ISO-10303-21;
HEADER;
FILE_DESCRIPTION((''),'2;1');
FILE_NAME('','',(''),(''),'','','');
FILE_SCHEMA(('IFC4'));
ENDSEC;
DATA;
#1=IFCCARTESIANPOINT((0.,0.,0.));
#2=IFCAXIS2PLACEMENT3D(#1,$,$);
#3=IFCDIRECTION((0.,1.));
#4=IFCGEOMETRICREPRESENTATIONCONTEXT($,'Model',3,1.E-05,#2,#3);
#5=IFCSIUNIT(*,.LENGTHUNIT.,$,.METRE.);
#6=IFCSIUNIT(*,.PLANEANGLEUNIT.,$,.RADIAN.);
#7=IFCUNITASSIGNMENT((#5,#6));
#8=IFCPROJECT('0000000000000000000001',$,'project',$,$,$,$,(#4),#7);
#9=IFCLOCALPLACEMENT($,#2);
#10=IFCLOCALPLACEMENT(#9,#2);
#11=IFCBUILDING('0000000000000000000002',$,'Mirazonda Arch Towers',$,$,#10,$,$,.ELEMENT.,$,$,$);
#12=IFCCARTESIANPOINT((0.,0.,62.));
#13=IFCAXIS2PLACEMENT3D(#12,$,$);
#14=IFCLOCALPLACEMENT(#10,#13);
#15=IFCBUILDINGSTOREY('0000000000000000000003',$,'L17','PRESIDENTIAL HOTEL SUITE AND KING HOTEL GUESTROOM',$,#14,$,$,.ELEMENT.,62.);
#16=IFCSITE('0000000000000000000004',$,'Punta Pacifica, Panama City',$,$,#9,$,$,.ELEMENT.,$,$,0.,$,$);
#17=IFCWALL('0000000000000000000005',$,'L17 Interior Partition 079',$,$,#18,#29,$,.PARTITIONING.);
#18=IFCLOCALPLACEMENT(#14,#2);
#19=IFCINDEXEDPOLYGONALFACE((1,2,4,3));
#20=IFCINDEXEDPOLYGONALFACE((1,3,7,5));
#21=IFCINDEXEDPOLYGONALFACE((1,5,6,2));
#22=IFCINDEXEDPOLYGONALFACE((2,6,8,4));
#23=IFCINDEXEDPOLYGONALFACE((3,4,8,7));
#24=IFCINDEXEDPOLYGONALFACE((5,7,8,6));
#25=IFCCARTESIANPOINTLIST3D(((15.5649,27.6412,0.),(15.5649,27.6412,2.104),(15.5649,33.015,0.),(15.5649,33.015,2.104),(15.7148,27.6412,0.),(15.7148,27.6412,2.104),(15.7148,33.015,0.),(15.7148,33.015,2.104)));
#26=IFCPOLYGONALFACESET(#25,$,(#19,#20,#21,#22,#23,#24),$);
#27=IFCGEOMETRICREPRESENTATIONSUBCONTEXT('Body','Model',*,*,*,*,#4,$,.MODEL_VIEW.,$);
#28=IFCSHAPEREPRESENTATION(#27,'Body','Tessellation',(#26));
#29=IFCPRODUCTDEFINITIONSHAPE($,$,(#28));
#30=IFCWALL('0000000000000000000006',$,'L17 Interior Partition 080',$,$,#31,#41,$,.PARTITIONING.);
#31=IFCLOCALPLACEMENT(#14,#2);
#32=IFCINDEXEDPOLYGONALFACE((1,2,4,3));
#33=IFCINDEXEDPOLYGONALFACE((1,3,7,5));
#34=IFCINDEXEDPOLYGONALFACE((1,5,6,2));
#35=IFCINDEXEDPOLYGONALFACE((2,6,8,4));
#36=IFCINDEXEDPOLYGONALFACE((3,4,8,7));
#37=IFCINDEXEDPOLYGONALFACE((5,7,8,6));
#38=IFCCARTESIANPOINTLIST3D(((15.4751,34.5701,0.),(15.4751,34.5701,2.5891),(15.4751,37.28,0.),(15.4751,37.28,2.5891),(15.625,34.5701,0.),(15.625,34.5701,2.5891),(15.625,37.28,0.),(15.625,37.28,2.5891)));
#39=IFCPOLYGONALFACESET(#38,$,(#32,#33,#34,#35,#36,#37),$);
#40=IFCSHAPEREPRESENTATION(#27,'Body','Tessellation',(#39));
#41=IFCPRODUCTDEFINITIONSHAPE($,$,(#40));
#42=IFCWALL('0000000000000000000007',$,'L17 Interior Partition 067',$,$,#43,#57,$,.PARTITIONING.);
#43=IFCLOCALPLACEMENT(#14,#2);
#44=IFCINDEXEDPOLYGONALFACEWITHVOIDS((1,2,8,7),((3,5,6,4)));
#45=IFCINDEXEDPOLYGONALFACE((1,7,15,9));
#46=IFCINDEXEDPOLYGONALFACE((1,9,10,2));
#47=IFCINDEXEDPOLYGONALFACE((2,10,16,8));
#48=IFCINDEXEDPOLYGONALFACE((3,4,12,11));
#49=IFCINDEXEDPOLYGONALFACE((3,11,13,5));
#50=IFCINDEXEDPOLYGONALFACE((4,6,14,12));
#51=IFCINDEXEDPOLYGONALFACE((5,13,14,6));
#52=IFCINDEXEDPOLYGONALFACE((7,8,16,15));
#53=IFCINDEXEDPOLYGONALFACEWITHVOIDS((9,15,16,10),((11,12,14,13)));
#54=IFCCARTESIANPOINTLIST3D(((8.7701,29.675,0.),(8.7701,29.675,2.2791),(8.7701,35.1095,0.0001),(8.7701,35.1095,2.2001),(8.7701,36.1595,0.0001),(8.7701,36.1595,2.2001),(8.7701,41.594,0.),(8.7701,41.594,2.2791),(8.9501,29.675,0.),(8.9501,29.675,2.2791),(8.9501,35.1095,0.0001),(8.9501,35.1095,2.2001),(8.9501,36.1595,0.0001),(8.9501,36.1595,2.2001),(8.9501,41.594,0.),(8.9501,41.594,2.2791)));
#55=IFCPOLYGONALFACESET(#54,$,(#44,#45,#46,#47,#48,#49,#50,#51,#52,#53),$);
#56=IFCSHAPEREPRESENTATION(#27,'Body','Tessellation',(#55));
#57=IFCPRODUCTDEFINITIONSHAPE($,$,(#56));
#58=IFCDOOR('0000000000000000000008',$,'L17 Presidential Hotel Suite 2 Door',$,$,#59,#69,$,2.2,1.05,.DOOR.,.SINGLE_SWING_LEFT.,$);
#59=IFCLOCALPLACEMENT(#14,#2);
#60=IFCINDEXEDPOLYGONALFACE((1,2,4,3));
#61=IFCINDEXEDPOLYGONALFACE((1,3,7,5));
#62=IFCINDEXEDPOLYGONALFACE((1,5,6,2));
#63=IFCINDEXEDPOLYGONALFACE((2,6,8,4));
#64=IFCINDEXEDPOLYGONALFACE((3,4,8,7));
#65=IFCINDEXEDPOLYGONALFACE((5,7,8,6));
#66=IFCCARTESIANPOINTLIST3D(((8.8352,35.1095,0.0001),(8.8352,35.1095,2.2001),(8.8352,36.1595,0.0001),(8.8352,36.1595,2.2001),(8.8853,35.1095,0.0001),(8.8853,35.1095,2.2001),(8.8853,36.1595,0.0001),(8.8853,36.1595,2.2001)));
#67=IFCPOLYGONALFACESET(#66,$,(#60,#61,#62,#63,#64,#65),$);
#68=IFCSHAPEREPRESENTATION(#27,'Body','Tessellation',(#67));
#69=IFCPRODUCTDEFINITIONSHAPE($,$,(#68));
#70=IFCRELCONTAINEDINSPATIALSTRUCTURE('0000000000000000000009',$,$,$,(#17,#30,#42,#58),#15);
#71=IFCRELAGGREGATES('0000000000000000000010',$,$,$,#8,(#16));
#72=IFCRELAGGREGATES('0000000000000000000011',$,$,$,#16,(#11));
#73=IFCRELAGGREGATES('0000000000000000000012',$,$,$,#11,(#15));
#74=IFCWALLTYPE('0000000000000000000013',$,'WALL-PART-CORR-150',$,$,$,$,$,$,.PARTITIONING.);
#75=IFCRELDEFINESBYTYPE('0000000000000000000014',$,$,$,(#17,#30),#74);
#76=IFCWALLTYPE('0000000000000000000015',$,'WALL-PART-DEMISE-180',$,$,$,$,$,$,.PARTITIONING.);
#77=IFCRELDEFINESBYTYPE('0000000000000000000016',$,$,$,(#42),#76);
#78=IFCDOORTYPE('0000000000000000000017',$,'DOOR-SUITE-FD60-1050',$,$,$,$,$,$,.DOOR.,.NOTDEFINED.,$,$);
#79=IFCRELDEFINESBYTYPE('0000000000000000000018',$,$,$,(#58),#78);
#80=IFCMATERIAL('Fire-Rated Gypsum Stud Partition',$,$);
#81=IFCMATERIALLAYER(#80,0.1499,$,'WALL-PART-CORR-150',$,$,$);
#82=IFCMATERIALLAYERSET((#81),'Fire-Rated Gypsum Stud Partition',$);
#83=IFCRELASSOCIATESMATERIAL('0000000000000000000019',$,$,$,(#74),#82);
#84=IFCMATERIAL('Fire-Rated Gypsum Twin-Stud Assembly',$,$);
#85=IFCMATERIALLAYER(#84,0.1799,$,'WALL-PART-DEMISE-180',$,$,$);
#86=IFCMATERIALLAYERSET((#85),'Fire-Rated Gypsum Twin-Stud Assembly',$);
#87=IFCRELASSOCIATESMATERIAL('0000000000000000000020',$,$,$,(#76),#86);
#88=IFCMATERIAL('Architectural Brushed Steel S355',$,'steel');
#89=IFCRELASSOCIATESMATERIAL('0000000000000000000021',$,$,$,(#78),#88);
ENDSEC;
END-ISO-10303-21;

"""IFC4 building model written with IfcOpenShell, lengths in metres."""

from ifc_helpers import new_model, si_unit, direction, frame, frame_2d, origin, place, context, subcontext, project, spatial, rectangle, extrude, material, layer, layer_set, type_object, element, fill, save


model = new_model("IFC4")

# Units and contexts
model_context = context("Model", 3, precision=1e-05, world=origin(), true_north=direction((0.0, 1.0)))
body_context = subcontext(model_context, "Body", "Model", "MODEL_VIEW")
ifc_project = project(units=[si_unit("LENGTHUNIT", "METRE"), si_unit("PLANEANGLEUNIT", "RADIAN")], contexts=[model_context])

# Site, building, storey
site_placement = place(None, origin())
site = spatial("IfcSite", under=ifc_project, at=site_placement, Name="Punta Pacifica, Panama City", CompositionType="ELEMENT", RefElevation=0.0)
building_placement = place(site_placement, origin())
building = spatial("IfcBuilding", under=site, at=building_placement, Name="Mirazonda Arch Towers", CompositionType="ELEMENT")
storey_placement = place(building_placement, frame((0.0, 0.0, 62.0)))
storey = spatial("IfcBuildingStorey", under=building, at=storey_placement, Name="L17", Description="PRESIDENTIAL HOTEL SUITE AND KING HOTEL GUESTROOM", CompositionType="ELEMENT", Elevation=62.0)

# Shared definitions
ifc_material_1 = material(Name="Architectural Brushed Steel S355", Category="steel")

# Shared definitions
ifc_material_2 = material(Name="Fire-Rated Gypsum Stud Partition")
ifc_layer_1 = layer(ifc_material_2, 0.1499, Name="WALL-PART-CORR-150")
ifc_layer_set_1 = layer_set([ifc_layer_1], Name="Fire-Rated Gypsum Stud Partition")
wall_type_1 = type_object("IfcWallType", Name="WALL-PART-CORR-150", PredefinedType="PARTITIONING", material=ifc_layer_set_1)

# Walls
wall_1_placement = place(storey_placement, frame((15.6399, 27.6411, 0.0), z_axis=(0.0, 0.0, 1.0), x_axis=(0.0, 1.0, 0.0)))
element("IfcWall", 1, at=wall_1_placement, inside=storey, type_object=wall_type_1, Name="L17 Interior Partition 079", PredefinedType="PARTITIONING", context=body_context, shape_type="SweptSolid", body=[
    extrude(rectangle(XDim=5.3738, YDim=0.1499, at=frame_2d((2.687, 0.0))), origin(), (0.0, 0.0, 1.0), 2.104),
])
wall_2_placement = place(storey_placement, frame((15.55, 34.5701, 0.0), z_axis=(0.0, 0.0, 1.0), x_axis=(0.0, 1.0, 0.0)))
element("IfcWall", 2, at=wall_2_placement, inside=storey, type_object=wall_type_1, Name="L17 Interior Partition 080", PredefinedType="PARTITIONING", context=body_context, shape_type="SweptSolid", body=[
    extrude(rectangle(XDim=2.71, YDim=0.1499, at=frame_2d((1.355, 0.0))), origin(), (0.0, 0.0, 1.0), 2.5891),
])

# Wall, opening, door
ifc_material_3 = material(Name="Fire-Rated Gypsum Twin-Stud Assembly")
ifc_layer_2 = layer(ifc_material_3, 0.1799, Name="WALL-PART-DEMISE-180")
ifc_layer_set_2 = layer_set([ifc_layer_2], Name="Fire-Rated Gypsum Twin-Stud Assembly")
wall_type_2 = type_object("IfcWallType", Name="WALL-PART-DEMISE-180", PredefinedType="PARTITIONING", material=ifc_layer_set_2)
wall_3_placement = place(storey_placement, frame((8.8601, 29.675, 0.0), z_axis=(0.0, 0.0, 1.0), x_axis=(0.0, 1.0, 0.0)))
wall_3 = element("IfcWall", 3, at=wall_3_placement, inside=storey, type_object=wall_type_2, Name="L17 Interior Partition 067", PredefinedType="PARTITIONING", context=body_context, shape_type="SweptSolid", body=[
    extrude(rectangle(XDim=11.9189, YDim=0.1799, at=frame_2d((5.9595, 0.0))), origin(), (0.0, 0.0, 1.0), 2.2791),
])
opening_1_placement = place(wall_3_placement, frame((5.4346, 0.0, 0.0)))
opening_1 = element("IfcOpeningElement", 4, at=opening_1_placement, cuts=wall_3, PredefinedType="OPENING", context=body_context, shape_type="SweptSolid", body=[
    extrude(rectangle(XDim=1.05, YDim=2.2, at=frame_2d((0.5249, 1.1001))), frame((0.0, 0.0999, 0.0), z_axis=(0.0, -1.0, 0.0), x_axis=(1.0, 0.0, 0.0)), (0.0, 0.0, 1.0), 0.2),
])
door_type_1 = type_object("IfcDoorType", Name="DOOR-SUITE-FD60-1050", OperationType="NOTDEFINED", PredefinedType="DOOR", material=ifc_material_1)
door_1_placement = place(opening_1_placement, origin())
door_1 = element("IfcDoor", 5, at=door_1_placement, inside=storey, type_object=door_type_1, Name="L17 Presidential Hotel Suite 2 Door", OperationType="SINGLE_SWING_LEFT", OverallHeight=2.2, OverallWidth=1.05, PredefinedType="DOOR", context=body_context, shape_type="SweptSolid", body=[
    extrude(rectangle(XDim=1.05, YDim=2.2, at=frame_2d((0.5249, 1.1001))), frame((0.0, 0.0249, 0.0), z_axis=(0.0, -1.0, 0.0), x_axis=(1.0, 0.0, 0.0)), (0.0, 0.0, 1.0), 0.05),
])
fill(opening_1, door_1)

save(model, "model.ifc")
